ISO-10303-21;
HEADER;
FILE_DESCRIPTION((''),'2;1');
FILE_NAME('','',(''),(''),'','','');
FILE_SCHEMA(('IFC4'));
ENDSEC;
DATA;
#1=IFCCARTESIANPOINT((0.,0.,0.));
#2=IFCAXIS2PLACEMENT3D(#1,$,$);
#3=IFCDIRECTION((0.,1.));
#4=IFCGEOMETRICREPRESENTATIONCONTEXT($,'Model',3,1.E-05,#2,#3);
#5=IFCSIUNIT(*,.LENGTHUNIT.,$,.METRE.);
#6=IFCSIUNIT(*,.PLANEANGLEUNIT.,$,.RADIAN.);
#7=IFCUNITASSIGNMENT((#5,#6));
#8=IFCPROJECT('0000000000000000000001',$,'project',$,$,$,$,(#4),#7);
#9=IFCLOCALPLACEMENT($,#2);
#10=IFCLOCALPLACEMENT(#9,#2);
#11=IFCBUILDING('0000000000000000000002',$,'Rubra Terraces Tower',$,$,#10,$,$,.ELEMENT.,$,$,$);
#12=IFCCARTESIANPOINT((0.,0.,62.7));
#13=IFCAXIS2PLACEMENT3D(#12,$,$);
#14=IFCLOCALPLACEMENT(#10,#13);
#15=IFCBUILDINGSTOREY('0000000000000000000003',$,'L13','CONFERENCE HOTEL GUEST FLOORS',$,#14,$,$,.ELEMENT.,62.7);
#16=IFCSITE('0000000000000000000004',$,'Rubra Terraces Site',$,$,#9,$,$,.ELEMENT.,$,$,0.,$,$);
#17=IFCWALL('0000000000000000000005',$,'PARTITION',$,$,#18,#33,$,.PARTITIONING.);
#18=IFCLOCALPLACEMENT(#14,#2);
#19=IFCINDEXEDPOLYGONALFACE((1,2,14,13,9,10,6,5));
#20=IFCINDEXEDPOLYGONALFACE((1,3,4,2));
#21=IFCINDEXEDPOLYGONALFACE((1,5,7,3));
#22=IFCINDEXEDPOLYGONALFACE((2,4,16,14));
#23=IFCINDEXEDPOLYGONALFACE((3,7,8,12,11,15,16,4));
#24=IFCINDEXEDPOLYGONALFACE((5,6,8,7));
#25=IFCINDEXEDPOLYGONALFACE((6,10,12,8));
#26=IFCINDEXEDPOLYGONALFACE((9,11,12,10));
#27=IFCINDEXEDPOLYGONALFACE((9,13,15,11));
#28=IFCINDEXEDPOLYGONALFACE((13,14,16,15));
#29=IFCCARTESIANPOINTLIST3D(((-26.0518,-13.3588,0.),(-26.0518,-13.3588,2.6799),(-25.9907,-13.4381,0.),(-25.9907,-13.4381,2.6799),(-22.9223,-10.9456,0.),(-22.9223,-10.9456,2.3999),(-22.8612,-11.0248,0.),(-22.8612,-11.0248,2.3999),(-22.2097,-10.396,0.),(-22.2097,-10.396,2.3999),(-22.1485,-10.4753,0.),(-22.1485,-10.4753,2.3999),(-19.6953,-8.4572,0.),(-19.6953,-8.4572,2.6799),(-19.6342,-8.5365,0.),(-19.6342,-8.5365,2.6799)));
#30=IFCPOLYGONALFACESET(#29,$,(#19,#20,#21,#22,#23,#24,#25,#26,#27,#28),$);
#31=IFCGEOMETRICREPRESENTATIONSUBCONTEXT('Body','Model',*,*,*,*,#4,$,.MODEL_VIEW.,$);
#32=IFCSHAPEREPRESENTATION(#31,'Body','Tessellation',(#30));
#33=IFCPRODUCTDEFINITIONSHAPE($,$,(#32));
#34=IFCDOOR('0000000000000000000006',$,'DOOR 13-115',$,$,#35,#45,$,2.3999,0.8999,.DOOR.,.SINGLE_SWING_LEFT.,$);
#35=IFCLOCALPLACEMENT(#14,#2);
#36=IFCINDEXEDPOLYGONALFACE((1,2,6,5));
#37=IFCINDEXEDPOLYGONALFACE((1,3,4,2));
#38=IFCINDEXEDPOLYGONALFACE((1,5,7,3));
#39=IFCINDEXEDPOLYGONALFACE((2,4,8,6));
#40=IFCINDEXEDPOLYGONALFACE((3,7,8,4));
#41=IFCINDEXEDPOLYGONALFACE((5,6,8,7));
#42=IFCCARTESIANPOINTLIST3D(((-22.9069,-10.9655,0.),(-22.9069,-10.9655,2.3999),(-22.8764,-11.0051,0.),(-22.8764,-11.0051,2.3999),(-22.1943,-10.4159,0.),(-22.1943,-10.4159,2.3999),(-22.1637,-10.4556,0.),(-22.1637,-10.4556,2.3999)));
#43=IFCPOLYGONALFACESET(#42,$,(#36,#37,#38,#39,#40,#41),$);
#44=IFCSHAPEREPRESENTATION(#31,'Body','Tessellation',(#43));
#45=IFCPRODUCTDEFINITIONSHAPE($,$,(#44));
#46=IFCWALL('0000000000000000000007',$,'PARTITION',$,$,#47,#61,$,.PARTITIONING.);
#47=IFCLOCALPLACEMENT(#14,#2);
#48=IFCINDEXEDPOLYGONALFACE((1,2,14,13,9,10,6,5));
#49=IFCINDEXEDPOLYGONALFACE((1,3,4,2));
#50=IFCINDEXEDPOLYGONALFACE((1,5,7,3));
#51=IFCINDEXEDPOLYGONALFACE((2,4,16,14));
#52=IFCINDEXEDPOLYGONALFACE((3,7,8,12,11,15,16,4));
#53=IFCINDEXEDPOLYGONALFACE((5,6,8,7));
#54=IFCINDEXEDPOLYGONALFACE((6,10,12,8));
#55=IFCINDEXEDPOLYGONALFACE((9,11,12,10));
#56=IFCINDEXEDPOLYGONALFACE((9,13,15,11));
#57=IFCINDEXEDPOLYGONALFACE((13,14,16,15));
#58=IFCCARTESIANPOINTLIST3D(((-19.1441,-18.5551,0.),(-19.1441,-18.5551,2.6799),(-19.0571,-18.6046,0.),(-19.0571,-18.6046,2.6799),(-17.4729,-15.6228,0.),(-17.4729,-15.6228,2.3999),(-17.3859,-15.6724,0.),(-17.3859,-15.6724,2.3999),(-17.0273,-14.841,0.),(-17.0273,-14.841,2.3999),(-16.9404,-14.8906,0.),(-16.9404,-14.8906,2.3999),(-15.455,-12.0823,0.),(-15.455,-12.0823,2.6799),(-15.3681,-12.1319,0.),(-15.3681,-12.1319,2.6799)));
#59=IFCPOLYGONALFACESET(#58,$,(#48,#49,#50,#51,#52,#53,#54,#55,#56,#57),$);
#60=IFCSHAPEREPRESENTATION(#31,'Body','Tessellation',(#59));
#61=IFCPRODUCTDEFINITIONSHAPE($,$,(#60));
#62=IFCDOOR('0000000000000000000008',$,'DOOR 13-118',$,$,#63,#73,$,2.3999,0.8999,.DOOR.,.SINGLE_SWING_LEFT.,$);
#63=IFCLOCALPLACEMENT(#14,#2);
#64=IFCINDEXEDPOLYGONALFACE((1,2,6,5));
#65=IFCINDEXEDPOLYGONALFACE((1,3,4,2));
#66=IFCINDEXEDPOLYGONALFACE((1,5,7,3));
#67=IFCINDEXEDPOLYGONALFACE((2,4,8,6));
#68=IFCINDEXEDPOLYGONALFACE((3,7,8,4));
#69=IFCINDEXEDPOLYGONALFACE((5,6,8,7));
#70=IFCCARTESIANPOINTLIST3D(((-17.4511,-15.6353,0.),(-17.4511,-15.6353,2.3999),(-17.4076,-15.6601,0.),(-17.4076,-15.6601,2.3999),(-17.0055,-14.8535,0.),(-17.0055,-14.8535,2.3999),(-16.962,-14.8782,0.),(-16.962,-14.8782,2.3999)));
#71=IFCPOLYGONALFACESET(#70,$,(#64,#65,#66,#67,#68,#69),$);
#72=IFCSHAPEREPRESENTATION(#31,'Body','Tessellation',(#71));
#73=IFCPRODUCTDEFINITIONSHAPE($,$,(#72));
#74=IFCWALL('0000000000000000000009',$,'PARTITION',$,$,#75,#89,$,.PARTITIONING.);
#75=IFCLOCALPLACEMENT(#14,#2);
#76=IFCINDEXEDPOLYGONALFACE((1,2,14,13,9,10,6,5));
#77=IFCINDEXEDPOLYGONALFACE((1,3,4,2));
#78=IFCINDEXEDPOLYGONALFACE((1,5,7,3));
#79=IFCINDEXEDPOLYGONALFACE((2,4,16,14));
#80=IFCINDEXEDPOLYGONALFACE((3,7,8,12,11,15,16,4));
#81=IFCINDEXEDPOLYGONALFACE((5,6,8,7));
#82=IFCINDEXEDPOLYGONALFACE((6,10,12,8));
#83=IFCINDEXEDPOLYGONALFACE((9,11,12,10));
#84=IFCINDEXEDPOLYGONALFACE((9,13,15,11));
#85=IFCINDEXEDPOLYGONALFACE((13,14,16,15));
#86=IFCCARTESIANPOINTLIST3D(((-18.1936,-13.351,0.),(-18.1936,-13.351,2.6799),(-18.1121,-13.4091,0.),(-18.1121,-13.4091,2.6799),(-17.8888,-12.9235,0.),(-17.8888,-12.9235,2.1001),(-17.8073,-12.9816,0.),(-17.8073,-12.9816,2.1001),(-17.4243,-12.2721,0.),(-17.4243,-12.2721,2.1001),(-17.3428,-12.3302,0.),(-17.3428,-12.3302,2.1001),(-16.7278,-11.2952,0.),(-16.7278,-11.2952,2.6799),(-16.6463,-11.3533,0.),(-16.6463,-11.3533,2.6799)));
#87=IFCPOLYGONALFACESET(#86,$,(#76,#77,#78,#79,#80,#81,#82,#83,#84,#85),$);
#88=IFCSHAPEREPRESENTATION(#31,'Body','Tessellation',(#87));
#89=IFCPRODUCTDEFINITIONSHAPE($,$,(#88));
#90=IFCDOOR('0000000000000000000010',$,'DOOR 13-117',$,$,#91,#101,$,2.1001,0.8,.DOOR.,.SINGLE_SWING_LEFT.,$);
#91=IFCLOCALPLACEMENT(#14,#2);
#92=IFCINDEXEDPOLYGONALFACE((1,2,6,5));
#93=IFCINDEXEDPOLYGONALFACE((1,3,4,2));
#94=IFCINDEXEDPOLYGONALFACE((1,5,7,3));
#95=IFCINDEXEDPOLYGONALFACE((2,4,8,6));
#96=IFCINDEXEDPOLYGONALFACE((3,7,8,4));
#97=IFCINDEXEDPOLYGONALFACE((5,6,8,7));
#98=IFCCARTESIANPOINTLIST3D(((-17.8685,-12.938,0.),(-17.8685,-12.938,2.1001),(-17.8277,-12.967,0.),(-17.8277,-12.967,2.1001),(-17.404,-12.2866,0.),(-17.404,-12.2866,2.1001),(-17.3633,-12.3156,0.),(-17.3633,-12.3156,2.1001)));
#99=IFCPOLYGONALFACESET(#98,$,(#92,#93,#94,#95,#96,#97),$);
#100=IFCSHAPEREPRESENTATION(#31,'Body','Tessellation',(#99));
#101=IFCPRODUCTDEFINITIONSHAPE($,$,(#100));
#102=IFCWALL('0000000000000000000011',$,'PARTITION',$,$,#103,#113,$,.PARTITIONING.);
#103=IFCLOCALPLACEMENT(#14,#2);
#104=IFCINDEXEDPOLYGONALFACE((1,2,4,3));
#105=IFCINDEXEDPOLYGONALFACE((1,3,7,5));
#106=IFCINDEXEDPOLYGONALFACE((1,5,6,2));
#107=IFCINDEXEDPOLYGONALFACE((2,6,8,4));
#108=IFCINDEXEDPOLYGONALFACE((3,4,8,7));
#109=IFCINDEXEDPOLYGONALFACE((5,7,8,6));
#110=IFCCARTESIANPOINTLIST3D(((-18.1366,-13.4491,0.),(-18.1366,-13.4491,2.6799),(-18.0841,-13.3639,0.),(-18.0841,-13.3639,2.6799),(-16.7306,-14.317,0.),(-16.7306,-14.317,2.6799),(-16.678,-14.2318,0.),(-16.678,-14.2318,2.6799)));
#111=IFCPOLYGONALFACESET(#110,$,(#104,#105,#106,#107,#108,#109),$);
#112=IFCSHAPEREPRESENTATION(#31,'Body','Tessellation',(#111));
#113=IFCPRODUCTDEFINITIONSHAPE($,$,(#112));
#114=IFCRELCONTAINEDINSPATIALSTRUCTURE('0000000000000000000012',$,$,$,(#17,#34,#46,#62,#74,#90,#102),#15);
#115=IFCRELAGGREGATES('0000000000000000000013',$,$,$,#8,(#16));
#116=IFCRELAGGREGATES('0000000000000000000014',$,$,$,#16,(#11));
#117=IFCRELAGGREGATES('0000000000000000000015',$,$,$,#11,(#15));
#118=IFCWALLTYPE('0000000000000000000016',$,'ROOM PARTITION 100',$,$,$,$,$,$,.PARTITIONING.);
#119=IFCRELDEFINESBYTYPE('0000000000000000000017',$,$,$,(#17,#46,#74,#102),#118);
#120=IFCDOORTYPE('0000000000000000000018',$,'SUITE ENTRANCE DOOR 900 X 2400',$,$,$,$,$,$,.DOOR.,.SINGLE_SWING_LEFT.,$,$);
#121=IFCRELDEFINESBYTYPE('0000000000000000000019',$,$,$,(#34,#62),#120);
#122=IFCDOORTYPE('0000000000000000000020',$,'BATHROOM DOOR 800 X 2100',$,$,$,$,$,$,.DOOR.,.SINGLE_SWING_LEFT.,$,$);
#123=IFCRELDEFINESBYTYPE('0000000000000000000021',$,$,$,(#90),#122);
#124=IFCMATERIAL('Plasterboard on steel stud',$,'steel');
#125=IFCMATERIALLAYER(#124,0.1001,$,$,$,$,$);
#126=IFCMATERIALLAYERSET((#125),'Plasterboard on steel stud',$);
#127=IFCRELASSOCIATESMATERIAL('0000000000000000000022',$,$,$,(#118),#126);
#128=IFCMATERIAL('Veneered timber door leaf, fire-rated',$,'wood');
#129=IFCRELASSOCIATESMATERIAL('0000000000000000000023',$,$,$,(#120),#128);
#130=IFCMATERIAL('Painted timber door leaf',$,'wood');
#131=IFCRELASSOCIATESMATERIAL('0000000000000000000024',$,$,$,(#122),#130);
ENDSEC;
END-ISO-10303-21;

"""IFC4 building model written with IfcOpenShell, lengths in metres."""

from ifc_helpers import new_model, si_unit, direction, frame, frame_2d, origin, place, context, subcontext, project, spatial, rectangle, extrude, material, layer, layer_set, type_object, element, fill, save


model = new_model("IFC4")

# Units and contexts
model_context = context("Model", 3, precision=1e-05, world=origin(), true_north=direction((0.0, 1.0)))
body_context = subcontext(model_context, "Body", "Model", "MODEL_VIEW")
ifc_project = project(units=[si_unit("LENGTHUNIT", "METRE"), si_unit("PLANEANGLEUNIT", "RADIAN")], contexts=[model_context])

# Site, building, storey
site_placement = place(None, origin())
site = spatial("IfcSite", under=ifc_project, at=site_placement, Name="Rubra Terraces Site", CompositionType="ELEMENT", RefElevation=0.0)
building_placement = place(site_placement, origin())
building = spatial("IfcBuilding", under=site, at=building_placement, Name="Rubra Terraces Tower", CompositionType="ELEMENT")
storey_placement = place(building_placement, frame((0.0, 0.0, 62.7)))
storey = spatial("IfcBuildingStorey", under=building, at=storey_placement, Name="L13", Description="CONFERENCE HOTEL GUEST FLOORS", CompositionType="ELEMENT", Elevation=62.7)

# Walls, openings, doors
ifc_material_1 = material(Name="Painted timber door leaf", Category="wood")
ifc_material_2 = material(Name="Plasterboard on steel stud", Category="steel")
ifc_layer_1 = layer(ifc_material_2, 0.1001)
ifc_layer_set_1 = layer_set([ifc_layer_1], Name="Plasterboard on steel stud")
wall_type_1 = type_object("IfcWallType", Name="ROOM PARTITION 100", PredefinedType="PARTITIONING", material=ifc_layer_set_1)
wall_1_placement = place(storey_placement, frame((-26.0212, -13.3984, 0.0), z_axis=(0.0, 0.0, 1.0), x_axis=(0.791899, 0.610653, 0.0)))
wall_1 = element("IfcWall", 1, at=wall_1_placement, inside=storey, type_object=wall_type_1, Name="PARTITION", PredefinedType="PARTITIONING", context=body_context, shape_type="SweptSolid", body=[
    extrude(rectangle(XDim=8.0269, YDim=0.1001, at=frame_2d((4.0134, 0.0))), origin(), (0.0, 0.0, 1.0), 2.6799),
])
opening_1_placement = place(wall_1_placement, frame((3.9519, 0.0, 0.0)))
opening_1 = element("IfcOpeningElement", 2, at=opening_1_placement, cuts=wall_1, PredefinedType="OPENING", context=body_context, shape_type="SweptSolid", body=[
    extrude(rectangle(XDim=0.8999, YDim=2.3999, at=frame_2d((0.45, 1.2))), frame((0.0, 0.0601, 0.0), z_axis=(0.0, -1.0, 0.0), x_axis=(1.0, 0.0, 0.0)), (0.0, 0.0, 1.0), 0.1201),
])
ifc_material_3 = material(Name="Veneered timber door leaf, fire-rated", Category="wood")
door_type_1 = type_object("IfcDoorType", Name="SUITE ENTRANCE DOOR 900 X 2400", OperationType="SINGLE_SWING_LEFT", PredefinedType="DOOR", material=ifc_material_3)
door_1_placement = place(opening_1_placement, origin())
door_1 = element("IfcDoor", 3, at=door_1_placement, inside=storey, type_object=door_type_1, Name="DOOR 13-115", OperationType="SINGLE_SWING_LEFT", OverallHeight=2.3999, OverallWidth=0.8999, PredefinedType="DOOR", context=body_context, shape_type="SweptSolid", body=[
    extrude(rectangle(XDim=0.8999, YDim=2.3999, at=frame_2d((0.45, 1.2))), frame((0.0, 0.0249, 0.0), z_axis=(0.0, -1.0, 0.0), x_axis=(1.0, 0.0, 0.0)), (0.0, 0.0, 1.0), 0.05),
])
fill(opening_1, door_1)
wall_2_placement = place(storey_placement, frame((-19.1006, -18.5798, 0.0), z_axis=(0.0, 0.0, 1.0), x_axis=(0.495158, 0.868803, 0.0)))
wall_2 = element("IfcWall", 4, at=wall_2_placement, inside=storey, type_object=wall_type_1, Name="PARTITION", PredefinedType="PARTITIONING", context=body_context, shape_type="SweptSolid", body=[
    extrude(rectangle(XDim=7.4502, YDim=0.1001, at=frame_2d((3.7251, 0.0))), origin(), (0.0, 0.0, 1.0), 2.6799),
])
opening_2_placement = place(wall_2_placement, frame((3.375, 0.0, 0.0)))
opening_2 = element("IfcOpeningElement", 5, at=opening_2_placement, cuts=wall_2, PredefinedType="OPENING", context=body_context, shape_type="SweptSolid", body=[
    extrude(rectangle(XDim=0.8999, YDim=2.3999, at=frame_2d((0.45, 1.2))), frame((0.0, 0.0601, 0.0), z_axis=(0.0, -1.0, 0.0), x_axis=(1.0, 0.0, 0.0)), (0.0, 0.0, 1.0), 0.1201),
])
door_2_placement = place(opening_2_placement, origin())
door_2 = element("IfcDoor", 6, at=door_2_placement, inside=storey, type_object=door_type_1, Name="DOOR 13-118", OperationType="SINGLE_SWING_LEFT", OverallHeight=2.3999, OverallWidth=0.8999, PredefinedType="DOOR", context=body_context, shape_type="SweptSolid", body=[
    extrude(rectangle(XDim=0.8999, YDim=2.3999, at=frame_2d((0.45, 1.2))), frame((0.0, 0.0249, 0.0), z_axis=(0.0, -1.0, 0.0), x_axis=(1.0, 0.0, 0.0)), (0.0, 0.0, 1.0), 0.05),
])
fill(opening_2, door_2)
wall_3_placement = place(storey_placement, frame((-16.687, -11.3242, 0.0), z_axis=(0.0, 0.0, 1.0), x_axis=(-0.580534, -0.814236, 0.0)))
wall_3 = element("IfcWall", 7, at=wall_3_placement, inside=storey, type_object=wall_type_1, Name="PARTITION", PredefinedType="PARTITIONING", context=body_context, shape_type="SweptSolid", body=[
    extrude(rectangle(XDim=2.5249, YDim=0.1001, at=frame_2d((1.2625, 0.0))), origin(), (0.0, 0.0, 1.0), 2.6799),
])
opening_3_placement = place(wall_3_placement, frame((1.2, 0.0, 0.0)))
opening_3 = element("IfcOpeningElement", 8, at=opening_3_placement, cuts=wall_3, PredefinedType="OPENING", context=body_context, shape_type="SweptSolid", body=[
    extrude(rectangle(XDim=0.8, YDim=2.1001, at=frame_2d((0.3999, 1.05))), frame((0.0, 0.0601, 0.0), z_axis=(0.0, -1.0, 0.0), x_axis=(1.0, 0.0, 0.0)), (0.0, 0.0, 1.0), 0.1201),
])
door_type_2 = type_object("IfcDoorType", Name="BATHROOM DOOR 800 X 2100", OperationType="SINGLE_SWING_LEFT", PredefinedType="DOOR", material=ifc_material_1)
door_3_placement = place(opening_3_placement, origin())
door_3 = element("IfcDoor", 9, at=door_3_placement, inside=storey, type_object=door_type_2, Name="DOOR 13-117", OperationType="SINGLE_SWING_LEFT", OverallHeight=2.1001, OverallWidth=0.8, PredefinedType="DOOR", context=body_context, shape_type="SweptSolid", body=[
    extrude(rectangle(XDim=0.8, YDim=2.1001, at=frame_2d((0.3999, 1.05))), frame((0.0, 0.0249, 0.0), z_axis=(0.0, -1.0, 0.0), x_axis=(1.0, 0.0, 0.0)), (0.0, 0.0, 1.0), 0.05),
])
fill(opening_3, door_3)

# Wall
wall_4_placement = place(storey_placement, frame((-18.1104, -13.4065, 0.0), z_axis=(0.0, 0.0, 1.0), x_axis=(0.850932, -0.525276, 0.0)))
element("IfcWall", 10, at=wall_4_placement, inside=storey, type_object=wall_type_1, Name="PARTITION", PredefinedType="PARTITIONING", context=body_context, shape_type="SweptSolid", body=[
    extrude(rectangle(XDim=1.6523, YDim=0.1001, at=frame_2d((0.8262, 0.0))), origin(), (0.0, 0.0, 1.0), 2.6799),
])

save(model, "model.ifc")
